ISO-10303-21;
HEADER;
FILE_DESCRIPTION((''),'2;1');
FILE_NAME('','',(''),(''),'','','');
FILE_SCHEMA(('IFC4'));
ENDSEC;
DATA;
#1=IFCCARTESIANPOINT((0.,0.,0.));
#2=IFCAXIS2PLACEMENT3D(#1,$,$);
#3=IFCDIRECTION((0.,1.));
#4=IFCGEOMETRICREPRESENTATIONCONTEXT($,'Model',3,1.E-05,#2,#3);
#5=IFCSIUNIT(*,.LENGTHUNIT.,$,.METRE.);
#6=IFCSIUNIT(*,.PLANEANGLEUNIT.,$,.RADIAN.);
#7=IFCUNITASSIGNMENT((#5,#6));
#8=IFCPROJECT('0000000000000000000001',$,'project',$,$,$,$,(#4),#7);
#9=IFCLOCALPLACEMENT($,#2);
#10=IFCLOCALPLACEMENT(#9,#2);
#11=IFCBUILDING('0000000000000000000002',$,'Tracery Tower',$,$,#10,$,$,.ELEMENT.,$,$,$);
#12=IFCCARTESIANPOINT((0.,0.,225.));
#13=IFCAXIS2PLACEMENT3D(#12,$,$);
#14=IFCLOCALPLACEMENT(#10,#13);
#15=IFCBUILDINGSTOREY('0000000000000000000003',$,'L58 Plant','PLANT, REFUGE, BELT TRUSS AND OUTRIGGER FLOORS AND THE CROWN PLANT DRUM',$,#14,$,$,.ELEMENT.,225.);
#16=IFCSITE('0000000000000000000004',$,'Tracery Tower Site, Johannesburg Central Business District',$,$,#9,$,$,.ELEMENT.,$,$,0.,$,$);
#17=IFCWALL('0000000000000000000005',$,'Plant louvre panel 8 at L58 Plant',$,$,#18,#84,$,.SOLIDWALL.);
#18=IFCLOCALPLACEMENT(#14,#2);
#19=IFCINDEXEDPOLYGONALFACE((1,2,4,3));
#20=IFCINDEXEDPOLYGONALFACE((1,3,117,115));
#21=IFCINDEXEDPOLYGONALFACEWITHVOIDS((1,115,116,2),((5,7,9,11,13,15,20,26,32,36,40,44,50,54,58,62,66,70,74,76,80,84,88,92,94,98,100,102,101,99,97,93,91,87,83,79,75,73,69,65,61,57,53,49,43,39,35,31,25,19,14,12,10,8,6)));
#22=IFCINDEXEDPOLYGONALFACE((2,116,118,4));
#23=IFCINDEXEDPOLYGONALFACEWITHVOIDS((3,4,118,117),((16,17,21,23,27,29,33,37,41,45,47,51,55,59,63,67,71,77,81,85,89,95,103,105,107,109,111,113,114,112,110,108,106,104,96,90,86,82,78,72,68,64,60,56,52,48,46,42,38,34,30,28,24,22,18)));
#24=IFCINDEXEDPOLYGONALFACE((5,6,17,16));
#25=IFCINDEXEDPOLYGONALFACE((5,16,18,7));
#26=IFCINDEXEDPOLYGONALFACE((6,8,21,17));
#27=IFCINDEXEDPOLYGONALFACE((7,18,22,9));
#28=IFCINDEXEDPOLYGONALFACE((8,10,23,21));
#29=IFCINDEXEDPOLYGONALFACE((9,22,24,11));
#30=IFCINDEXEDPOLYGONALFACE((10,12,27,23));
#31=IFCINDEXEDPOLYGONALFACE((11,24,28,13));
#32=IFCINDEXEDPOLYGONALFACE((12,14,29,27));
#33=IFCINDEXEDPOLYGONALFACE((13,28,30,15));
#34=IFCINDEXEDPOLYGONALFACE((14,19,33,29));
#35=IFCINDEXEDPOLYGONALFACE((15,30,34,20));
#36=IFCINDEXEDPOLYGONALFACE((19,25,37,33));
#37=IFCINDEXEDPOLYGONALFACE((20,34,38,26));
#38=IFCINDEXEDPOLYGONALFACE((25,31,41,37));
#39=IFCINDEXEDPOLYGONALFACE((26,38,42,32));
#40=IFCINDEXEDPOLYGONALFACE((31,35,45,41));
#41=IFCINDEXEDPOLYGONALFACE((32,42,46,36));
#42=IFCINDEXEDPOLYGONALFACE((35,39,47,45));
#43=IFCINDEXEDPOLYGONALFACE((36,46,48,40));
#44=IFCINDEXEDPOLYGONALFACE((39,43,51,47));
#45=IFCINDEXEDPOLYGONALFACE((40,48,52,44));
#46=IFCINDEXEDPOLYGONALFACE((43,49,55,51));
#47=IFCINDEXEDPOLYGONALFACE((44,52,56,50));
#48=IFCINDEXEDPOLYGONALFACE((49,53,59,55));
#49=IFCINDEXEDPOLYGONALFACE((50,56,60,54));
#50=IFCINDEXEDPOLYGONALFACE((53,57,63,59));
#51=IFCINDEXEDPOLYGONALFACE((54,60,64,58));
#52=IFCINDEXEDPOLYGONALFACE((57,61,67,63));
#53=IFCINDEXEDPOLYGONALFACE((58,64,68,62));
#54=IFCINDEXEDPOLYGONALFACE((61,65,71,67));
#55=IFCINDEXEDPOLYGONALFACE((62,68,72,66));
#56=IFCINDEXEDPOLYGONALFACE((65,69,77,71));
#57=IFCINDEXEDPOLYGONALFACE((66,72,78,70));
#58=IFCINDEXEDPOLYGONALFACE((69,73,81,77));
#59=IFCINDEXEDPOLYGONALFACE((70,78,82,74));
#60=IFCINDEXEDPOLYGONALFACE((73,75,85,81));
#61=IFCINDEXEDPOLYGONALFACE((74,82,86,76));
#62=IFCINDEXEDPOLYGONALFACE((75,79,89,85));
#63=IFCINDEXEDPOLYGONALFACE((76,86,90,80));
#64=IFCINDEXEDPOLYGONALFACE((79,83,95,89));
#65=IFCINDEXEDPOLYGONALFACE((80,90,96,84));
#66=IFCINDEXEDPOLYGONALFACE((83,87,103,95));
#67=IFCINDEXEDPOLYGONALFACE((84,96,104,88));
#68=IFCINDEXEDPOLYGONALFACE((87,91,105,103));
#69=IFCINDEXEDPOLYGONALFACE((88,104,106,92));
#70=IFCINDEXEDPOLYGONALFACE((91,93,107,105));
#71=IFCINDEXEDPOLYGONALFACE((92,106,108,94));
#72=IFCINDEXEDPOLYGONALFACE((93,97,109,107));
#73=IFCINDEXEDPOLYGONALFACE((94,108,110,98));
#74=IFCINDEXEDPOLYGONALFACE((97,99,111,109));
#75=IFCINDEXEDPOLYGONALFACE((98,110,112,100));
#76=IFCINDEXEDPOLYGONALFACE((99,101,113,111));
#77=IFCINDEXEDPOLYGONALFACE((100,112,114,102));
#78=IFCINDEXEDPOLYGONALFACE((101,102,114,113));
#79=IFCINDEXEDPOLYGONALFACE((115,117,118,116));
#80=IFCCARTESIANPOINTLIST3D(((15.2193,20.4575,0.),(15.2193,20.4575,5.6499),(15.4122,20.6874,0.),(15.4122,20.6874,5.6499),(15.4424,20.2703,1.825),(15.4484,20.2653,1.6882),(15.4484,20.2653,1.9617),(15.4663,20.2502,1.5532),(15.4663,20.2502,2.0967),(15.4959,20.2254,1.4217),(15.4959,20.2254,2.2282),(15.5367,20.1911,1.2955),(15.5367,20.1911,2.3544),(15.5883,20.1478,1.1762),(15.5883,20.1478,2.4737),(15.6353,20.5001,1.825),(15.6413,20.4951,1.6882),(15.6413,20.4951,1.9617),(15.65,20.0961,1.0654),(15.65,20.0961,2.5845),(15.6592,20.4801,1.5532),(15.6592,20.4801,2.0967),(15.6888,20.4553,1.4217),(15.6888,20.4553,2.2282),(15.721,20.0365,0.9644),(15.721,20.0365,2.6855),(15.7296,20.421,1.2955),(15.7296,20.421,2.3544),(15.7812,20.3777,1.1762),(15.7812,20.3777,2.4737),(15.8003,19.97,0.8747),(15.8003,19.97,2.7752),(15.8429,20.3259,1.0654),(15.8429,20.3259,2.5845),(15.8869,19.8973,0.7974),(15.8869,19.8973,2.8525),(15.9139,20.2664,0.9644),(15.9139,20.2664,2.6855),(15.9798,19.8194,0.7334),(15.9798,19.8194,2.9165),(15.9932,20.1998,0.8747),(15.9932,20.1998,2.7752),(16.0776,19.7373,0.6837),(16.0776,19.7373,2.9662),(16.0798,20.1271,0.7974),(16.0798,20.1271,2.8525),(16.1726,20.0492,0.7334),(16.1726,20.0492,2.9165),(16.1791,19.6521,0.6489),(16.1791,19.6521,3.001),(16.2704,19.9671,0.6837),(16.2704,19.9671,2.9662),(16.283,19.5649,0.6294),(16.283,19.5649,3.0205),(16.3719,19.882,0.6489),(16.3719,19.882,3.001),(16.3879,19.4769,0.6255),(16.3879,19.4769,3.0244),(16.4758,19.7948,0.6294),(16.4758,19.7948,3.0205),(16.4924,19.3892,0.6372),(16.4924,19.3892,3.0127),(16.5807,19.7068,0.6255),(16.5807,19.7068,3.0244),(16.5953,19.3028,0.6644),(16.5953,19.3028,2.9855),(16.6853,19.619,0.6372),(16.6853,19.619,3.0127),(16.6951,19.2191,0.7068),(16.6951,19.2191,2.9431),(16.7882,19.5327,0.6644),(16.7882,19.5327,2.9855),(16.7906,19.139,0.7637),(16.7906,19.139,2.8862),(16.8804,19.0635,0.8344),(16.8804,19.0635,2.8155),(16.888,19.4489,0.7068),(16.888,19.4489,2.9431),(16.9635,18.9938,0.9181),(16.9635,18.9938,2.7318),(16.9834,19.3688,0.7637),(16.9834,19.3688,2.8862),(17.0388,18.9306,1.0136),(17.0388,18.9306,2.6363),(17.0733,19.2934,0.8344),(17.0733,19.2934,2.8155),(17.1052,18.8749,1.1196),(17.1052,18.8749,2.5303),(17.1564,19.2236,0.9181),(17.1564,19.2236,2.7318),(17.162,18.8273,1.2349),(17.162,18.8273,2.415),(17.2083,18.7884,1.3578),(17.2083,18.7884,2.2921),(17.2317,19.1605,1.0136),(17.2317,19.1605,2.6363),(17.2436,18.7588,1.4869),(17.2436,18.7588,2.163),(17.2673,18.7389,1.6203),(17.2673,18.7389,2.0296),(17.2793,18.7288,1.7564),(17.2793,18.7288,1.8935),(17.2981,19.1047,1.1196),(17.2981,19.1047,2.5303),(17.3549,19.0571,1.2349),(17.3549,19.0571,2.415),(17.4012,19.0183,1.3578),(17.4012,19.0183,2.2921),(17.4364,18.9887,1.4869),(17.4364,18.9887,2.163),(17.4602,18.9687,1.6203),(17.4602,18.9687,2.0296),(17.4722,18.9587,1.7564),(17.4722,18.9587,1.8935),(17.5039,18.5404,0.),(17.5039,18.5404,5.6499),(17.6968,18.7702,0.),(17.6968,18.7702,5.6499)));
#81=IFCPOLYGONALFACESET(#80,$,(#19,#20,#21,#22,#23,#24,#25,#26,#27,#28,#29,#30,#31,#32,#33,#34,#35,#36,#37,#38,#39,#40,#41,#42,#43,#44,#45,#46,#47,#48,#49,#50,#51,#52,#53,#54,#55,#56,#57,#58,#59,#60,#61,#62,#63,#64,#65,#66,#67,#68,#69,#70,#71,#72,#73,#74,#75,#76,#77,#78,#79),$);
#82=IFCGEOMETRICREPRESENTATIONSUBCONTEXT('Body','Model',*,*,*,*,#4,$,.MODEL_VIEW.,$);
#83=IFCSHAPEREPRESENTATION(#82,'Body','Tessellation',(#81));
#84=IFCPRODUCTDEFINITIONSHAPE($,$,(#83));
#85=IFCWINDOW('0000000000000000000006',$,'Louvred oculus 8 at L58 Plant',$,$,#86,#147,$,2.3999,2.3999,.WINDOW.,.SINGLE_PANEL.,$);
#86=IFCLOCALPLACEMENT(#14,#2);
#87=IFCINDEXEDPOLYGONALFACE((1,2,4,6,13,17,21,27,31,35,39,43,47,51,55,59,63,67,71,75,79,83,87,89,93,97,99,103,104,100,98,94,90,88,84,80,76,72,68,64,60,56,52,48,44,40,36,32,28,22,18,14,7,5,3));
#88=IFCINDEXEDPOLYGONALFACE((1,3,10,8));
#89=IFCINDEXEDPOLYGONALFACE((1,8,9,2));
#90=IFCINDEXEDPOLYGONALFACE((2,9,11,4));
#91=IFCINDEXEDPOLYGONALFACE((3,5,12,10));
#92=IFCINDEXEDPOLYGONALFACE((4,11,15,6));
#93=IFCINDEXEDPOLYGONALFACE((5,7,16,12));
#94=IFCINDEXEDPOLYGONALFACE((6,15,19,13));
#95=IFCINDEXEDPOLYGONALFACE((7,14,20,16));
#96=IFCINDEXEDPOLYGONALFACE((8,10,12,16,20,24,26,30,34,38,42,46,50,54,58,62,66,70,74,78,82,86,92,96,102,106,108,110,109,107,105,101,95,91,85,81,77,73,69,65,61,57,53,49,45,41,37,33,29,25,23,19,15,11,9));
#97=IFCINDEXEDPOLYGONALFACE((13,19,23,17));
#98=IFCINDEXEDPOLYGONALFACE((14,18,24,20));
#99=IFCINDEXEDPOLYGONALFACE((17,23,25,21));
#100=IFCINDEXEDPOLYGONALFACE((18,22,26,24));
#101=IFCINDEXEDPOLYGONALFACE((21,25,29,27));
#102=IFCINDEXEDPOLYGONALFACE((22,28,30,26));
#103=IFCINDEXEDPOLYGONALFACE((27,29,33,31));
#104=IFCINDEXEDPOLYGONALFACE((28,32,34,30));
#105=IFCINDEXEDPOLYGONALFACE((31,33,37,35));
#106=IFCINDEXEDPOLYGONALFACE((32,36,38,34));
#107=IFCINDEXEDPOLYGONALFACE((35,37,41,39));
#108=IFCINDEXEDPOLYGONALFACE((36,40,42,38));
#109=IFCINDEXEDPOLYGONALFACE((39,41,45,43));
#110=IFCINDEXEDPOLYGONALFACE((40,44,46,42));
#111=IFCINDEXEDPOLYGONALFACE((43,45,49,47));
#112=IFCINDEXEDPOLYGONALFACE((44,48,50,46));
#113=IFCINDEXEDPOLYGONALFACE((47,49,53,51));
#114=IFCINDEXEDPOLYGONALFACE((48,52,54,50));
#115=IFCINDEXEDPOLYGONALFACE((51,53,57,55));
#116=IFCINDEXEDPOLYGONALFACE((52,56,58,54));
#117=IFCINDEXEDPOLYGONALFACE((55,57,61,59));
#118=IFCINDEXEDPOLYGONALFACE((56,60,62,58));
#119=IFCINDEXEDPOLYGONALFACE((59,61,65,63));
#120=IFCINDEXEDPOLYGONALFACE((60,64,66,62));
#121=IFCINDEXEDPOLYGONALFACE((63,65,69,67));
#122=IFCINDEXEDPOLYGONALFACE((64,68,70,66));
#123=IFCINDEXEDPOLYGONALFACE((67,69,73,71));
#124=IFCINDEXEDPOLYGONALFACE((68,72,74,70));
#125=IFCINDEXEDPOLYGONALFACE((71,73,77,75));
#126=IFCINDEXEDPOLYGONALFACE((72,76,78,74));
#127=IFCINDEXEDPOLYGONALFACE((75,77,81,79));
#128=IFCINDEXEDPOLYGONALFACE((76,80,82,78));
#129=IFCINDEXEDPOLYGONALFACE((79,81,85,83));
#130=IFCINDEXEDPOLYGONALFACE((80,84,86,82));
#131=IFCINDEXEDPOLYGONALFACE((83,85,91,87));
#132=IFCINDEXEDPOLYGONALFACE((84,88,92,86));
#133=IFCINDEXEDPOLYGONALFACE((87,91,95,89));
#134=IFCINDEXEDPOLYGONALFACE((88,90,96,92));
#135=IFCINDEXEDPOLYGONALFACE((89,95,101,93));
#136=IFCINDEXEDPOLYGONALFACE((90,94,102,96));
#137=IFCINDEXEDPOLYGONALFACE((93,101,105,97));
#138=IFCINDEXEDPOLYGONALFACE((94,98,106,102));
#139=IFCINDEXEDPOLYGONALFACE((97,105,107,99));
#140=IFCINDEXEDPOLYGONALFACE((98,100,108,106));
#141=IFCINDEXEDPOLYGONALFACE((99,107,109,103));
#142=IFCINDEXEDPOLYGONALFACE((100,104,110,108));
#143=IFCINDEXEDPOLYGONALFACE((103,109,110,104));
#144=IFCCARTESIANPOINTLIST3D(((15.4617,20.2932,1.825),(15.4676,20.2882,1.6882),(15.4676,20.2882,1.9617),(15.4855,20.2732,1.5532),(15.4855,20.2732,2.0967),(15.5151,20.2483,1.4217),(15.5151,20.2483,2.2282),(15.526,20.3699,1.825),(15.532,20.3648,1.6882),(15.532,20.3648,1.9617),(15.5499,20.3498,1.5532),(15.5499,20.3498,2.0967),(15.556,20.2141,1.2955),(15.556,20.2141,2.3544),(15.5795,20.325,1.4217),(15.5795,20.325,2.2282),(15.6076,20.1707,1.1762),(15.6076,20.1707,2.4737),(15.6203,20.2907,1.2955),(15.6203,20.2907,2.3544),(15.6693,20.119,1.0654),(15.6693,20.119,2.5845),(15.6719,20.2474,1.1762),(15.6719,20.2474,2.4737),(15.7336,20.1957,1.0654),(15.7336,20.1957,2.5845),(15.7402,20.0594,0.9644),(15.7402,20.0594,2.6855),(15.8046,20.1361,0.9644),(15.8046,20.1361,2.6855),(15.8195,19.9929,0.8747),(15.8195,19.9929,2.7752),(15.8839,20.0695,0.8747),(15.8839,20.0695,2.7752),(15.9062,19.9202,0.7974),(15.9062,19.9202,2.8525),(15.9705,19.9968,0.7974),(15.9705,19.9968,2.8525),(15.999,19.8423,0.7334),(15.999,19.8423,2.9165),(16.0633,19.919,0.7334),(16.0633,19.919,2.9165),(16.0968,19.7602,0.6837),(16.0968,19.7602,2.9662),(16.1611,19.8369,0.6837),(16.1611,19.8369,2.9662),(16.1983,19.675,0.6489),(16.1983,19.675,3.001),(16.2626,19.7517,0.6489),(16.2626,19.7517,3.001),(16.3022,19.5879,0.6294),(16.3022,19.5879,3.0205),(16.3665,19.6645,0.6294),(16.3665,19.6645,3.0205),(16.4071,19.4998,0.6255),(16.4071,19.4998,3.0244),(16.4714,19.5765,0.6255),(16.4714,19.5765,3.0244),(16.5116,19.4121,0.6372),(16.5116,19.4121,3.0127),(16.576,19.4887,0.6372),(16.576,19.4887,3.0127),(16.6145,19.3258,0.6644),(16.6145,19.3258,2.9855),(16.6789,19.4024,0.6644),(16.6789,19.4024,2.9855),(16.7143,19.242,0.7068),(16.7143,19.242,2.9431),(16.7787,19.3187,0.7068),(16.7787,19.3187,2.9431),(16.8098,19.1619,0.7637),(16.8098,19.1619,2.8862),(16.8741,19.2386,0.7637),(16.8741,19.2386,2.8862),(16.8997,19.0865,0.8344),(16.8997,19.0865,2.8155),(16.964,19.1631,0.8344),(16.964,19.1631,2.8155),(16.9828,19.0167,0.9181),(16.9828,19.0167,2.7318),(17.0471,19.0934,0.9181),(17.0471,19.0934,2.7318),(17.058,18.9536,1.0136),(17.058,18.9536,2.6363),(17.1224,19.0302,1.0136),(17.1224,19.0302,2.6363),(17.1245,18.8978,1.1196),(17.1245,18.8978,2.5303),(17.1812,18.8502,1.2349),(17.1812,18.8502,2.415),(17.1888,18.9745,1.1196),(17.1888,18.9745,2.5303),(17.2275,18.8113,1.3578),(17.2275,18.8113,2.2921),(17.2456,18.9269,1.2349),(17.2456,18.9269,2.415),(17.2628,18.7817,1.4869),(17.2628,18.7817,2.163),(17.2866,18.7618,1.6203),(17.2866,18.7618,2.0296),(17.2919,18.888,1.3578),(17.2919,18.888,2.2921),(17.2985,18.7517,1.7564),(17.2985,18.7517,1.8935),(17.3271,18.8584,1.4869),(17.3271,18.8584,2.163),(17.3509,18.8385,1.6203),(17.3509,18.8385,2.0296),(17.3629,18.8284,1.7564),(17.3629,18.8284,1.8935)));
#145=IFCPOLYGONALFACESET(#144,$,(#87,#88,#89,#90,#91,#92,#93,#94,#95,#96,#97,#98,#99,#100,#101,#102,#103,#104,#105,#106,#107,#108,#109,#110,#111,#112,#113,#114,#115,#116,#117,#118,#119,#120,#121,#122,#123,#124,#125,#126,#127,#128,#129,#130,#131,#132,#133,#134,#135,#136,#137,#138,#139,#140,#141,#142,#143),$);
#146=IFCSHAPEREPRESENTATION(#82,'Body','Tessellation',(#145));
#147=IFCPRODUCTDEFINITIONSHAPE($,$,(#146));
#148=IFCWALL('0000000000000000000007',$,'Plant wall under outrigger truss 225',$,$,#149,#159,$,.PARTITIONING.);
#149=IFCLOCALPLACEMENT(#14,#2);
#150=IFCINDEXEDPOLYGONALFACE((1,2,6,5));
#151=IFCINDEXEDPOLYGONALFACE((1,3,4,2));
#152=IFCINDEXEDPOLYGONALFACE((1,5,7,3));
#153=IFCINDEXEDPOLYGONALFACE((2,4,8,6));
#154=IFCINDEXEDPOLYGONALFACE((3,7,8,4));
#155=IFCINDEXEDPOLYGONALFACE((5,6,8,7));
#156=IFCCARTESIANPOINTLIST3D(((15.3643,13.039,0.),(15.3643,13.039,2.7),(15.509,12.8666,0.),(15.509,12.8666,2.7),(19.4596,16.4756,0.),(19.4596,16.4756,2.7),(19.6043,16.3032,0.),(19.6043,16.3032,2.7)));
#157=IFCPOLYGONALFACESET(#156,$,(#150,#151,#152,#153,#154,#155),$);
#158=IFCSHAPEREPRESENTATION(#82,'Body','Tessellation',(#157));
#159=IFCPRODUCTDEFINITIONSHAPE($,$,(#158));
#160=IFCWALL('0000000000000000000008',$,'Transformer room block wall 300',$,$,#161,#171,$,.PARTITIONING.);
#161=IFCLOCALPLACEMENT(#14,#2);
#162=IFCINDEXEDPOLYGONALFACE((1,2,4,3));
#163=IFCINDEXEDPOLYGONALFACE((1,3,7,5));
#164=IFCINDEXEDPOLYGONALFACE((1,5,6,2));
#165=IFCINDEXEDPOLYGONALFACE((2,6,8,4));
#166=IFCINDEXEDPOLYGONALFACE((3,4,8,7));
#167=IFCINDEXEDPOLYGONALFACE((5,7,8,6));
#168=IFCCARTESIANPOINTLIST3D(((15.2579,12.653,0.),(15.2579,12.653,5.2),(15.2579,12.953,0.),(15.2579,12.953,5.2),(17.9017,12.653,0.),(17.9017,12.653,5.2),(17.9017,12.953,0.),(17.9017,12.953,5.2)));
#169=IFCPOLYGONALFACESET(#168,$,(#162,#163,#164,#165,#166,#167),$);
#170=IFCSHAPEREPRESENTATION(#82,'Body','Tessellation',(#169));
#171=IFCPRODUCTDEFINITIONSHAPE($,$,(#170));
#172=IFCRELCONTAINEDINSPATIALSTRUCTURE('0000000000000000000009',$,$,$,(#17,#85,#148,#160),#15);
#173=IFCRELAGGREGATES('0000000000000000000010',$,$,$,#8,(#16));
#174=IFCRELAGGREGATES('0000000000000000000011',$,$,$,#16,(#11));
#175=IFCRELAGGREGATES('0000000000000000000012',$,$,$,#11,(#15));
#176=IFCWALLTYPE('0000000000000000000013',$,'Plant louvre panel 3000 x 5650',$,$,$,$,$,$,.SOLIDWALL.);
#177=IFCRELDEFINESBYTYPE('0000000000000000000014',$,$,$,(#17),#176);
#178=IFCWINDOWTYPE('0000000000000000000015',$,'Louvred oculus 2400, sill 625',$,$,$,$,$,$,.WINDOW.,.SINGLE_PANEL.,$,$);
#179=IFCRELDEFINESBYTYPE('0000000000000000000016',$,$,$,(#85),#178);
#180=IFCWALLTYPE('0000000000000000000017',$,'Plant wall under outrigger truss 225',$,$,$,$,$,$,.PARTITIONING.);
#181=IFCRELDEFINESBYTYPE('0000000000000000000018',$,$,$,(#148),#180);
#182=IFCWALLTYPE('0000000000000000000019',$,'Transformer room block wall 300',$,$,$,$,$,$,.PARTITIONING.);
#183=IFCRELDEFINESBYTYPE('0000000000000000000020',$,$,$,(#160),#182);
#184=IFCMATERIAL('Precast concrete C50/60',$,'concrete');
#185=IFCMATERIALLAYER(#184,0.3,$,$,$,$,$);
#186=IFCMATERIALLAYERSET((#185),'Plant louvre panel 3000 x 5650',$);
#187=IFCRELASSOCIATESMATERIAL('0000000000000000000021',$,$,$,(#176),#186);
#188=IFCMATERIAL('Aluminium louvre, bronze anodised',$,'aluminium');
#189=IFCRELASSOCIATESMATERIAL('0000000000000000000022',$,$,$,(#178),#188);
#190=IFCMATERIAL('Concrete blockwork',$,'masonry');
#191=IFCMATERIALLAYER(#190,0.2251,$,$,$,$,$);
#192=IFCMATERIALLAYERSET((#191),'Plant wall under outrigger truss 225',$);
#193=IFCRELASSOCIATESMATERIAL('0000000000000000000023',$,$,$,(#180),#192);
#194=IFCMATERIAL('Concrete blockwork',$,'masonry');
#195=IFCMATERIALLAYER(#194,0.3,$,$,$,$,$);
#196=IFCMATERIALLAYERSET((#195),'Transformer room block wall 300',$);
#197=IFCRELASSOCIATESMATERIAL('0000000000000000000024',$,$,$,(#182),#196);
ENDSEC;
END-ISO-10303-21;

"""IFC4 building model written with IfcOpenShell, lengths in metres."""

from ifc_helpers import new_model, si_unit, direction, frame, frame_2d, origin, origin_2d, place, context, subcontext, project, spatial, rectangle, circle, extrude, material, layer, layer_set, type_object, element, fill, save


model = new_model("IFC4")

# Units and contexts
model_context = context("Model", 3, precision=1e-05, world=origin(), true_north=direction((0.0, 1.0)))
body_context = subcontext(model_context, "Body", "Model", "MODEL_VIEW")
ifc_project = project(units=[si_unit("LENGTHUNIT", "METRE"), si_unit("PLANEANGLEUNIT", "RADIAN")], contexts=[model_context])

# Site, building, storey
site_placement = place(None, origin())
site = spatial("IfcSite", under=ifc_project, at=site_placement, Name="Tracery Tower Site, Johannesburg Central Business District", CompositionType="ELEMENT", RefElevation=0.0)
building_placement = place(site_placement, origin())
building = spatial("IfcBuilding", under=site, at=building_placement, Name="Tracery Tower", CompositionType="ELEMENT")
storey_placement = place(building_placement, frame((0.0, 0.0, 225.0)))
storey = spatial("IfcBuildingStorey", under=building, at=storey_placement, Name="L58 Plant", Description="PLANT, REFUGE, BELT TRUSS AND OUTRIGGER FLOORS AND THE CROWN PLANT DRUM", CompositionType="ELEMENT", Elevation=225.0)

# Wall, opening, window
ifc_material_1 = material(Name="Precast concrete C50/60", Category="concrete")
ifc_layer_1 = layer(ifc_material_1, 0.3)
ifc_layer_set_1 = layer_set([ifc_layer_1], Name="Plant louvre panel 3000 x 5650")
wall_type_1 = type_object("IfcWallType", Name="Plant louvre panel 3000 x 5650", PredefinedType="SOLIDWALL", material=ifc_layer_set_1)
ifc_material_2 = material(Name="Aluminium louvre, bronze anodised", Category="aluminium")
window_type = type_object("IfcWindowType", Name="Louvred oculus 2400, sill 625", PartitioningType="SINGLE_PANEL", PredefinedType="WINDOW", material=ifc_material_2)
wall_1_placement = place(storey_placement, frame((17.6003, 18.6553, 0.0), z_axis=(0.0, 0.0, 1.0), x_axis=(-0.766016, 0.642822, 0.0)))
wall_1 = element("IfcWall", 1, at=wall_1_placement, inside=storey, type_object=wall_type_1, Name="Plant louvre panel 8 at L58 Plant", PredefinedType="SOLIDWALL", context=body_context, shape_type="SweptSolid", body=[
    extrude(rectangle(XDim=2.9824, YDim=0.3, at=frame_2d((1.4912, 0.0))), origin(), (0.0, 0.0, 1.0), 5.6499),
])
opening_1_placement = place(wall_1_placement, frame((1.4912, 0.0, 1.825)))
opening_1 = element("IfcOpeningElement", 2, at=opening_1_placement, cuts=wall_1, PredefinedType="OPENING", context=body_context, shape_type="SweptSolid", body=[
    extrude(circle(Radius=1.2, at=origin_2d()), frame((0.0, 0.1599, 0.0), z_axis=(0.0, -1.0, 0.0), x_axis=(1.0, 0.0, 0.0)), (0.0, 0.0, 1.0), 0.3201),
])
window_1_placement = place(opening_1_placement, origin())
window_1 = element("IfcWindow", 3, at=window_1_placement, inside=storey, type_object=window_type, Name="Louvred oculus 8 at L58 Plant", OverallHeight=2.3999, OverallWidth=2.3999, PartitioningType="SINGLE_PANEL", PredefinedType="WINDOW", context=body_context, shape_type="SweptSolid", body=[
    extrude(circle(Radius=1.2, at=origin_2d()), frame((0.0, 0.1201, 0.0), z_axis=(0.0, -1.0, 0.0), x_axis=(1.0, 0.0, 0.0)), (0.0, 0.0, 1.0), 0.1001),
])
fill(opening_1, window_1)

# Walls
ifc_material_3 = material(Name="Concrete blockwork", Category="masonry")
ifc_layer_2 = layer(ifc_material_3, 0.2251)
ifc_layer_set_2 = layer_set([ifc_layer_2], Name="Plant wall under outrigger truss 225")
wall_type_2 = type_object("IfcWallType", Name="Plant wall under outrigger truss 225", PredefinedType="PARTITIONING", material=ifc_layer_set_2)
wall_2_placement = place(storey_placement, frame((19.532, 16.3894, 0.0), z_axis=(0.0, 0.0, 1.0), x_axis=(-0.766023, -0.642813, 0.0)))
element("IfcWall", 4, at=wall_2_placement, inside=storey, type_object=wall_type_2, Name="Plant wall under outrigger truss 225", PredefinedType="PARTITIONING", context=body_context, shape_type="SweptSolid", body=[
    extrude(rectangle(XDim=5.3462, YDim=0.2251, at=frame_2d((2.6731, 0.0))), origin(), (0.0, 0.0, 1.0), 2.7),
])
ifc_material_4 = material(Name="Concrete blockwork", Category="masonry")
ifc_layer_3 = layer(ifc_material_4, 0.3)
ifc_layer_set_3 = layer_set([ifc_layer_3], Name="Transformer room block wall 300")
wall_type_3 = type_object("IfcWallType", Name="Transformer room block wall 300", PredefinedType="PARTITIONING", material=ifc_layer_set_3)
wall_3_placement = place(storey_placement, frame((17.9016, 12.803, 0.0), z_axis=(0.0, 0.0, 1.0), x_axis=(-1.0, 0.0, 0.0)))
element("IfcWall", 5, at=wall_3_placement, inside=storey, type_object=wall_type_3, Name="Transformer room block wall 300", PredefinedType="PARTITIONING", context=body_context, shape_type="SweptSolid", body=[
    extrude(rectangle(XDim=2.6438, YDim=0.3, at=frame_2d((1.3218, 0.0))), origin(), (0.0, 0.0, 1.0), 5.2),
])

save(model, "model.ifc")
